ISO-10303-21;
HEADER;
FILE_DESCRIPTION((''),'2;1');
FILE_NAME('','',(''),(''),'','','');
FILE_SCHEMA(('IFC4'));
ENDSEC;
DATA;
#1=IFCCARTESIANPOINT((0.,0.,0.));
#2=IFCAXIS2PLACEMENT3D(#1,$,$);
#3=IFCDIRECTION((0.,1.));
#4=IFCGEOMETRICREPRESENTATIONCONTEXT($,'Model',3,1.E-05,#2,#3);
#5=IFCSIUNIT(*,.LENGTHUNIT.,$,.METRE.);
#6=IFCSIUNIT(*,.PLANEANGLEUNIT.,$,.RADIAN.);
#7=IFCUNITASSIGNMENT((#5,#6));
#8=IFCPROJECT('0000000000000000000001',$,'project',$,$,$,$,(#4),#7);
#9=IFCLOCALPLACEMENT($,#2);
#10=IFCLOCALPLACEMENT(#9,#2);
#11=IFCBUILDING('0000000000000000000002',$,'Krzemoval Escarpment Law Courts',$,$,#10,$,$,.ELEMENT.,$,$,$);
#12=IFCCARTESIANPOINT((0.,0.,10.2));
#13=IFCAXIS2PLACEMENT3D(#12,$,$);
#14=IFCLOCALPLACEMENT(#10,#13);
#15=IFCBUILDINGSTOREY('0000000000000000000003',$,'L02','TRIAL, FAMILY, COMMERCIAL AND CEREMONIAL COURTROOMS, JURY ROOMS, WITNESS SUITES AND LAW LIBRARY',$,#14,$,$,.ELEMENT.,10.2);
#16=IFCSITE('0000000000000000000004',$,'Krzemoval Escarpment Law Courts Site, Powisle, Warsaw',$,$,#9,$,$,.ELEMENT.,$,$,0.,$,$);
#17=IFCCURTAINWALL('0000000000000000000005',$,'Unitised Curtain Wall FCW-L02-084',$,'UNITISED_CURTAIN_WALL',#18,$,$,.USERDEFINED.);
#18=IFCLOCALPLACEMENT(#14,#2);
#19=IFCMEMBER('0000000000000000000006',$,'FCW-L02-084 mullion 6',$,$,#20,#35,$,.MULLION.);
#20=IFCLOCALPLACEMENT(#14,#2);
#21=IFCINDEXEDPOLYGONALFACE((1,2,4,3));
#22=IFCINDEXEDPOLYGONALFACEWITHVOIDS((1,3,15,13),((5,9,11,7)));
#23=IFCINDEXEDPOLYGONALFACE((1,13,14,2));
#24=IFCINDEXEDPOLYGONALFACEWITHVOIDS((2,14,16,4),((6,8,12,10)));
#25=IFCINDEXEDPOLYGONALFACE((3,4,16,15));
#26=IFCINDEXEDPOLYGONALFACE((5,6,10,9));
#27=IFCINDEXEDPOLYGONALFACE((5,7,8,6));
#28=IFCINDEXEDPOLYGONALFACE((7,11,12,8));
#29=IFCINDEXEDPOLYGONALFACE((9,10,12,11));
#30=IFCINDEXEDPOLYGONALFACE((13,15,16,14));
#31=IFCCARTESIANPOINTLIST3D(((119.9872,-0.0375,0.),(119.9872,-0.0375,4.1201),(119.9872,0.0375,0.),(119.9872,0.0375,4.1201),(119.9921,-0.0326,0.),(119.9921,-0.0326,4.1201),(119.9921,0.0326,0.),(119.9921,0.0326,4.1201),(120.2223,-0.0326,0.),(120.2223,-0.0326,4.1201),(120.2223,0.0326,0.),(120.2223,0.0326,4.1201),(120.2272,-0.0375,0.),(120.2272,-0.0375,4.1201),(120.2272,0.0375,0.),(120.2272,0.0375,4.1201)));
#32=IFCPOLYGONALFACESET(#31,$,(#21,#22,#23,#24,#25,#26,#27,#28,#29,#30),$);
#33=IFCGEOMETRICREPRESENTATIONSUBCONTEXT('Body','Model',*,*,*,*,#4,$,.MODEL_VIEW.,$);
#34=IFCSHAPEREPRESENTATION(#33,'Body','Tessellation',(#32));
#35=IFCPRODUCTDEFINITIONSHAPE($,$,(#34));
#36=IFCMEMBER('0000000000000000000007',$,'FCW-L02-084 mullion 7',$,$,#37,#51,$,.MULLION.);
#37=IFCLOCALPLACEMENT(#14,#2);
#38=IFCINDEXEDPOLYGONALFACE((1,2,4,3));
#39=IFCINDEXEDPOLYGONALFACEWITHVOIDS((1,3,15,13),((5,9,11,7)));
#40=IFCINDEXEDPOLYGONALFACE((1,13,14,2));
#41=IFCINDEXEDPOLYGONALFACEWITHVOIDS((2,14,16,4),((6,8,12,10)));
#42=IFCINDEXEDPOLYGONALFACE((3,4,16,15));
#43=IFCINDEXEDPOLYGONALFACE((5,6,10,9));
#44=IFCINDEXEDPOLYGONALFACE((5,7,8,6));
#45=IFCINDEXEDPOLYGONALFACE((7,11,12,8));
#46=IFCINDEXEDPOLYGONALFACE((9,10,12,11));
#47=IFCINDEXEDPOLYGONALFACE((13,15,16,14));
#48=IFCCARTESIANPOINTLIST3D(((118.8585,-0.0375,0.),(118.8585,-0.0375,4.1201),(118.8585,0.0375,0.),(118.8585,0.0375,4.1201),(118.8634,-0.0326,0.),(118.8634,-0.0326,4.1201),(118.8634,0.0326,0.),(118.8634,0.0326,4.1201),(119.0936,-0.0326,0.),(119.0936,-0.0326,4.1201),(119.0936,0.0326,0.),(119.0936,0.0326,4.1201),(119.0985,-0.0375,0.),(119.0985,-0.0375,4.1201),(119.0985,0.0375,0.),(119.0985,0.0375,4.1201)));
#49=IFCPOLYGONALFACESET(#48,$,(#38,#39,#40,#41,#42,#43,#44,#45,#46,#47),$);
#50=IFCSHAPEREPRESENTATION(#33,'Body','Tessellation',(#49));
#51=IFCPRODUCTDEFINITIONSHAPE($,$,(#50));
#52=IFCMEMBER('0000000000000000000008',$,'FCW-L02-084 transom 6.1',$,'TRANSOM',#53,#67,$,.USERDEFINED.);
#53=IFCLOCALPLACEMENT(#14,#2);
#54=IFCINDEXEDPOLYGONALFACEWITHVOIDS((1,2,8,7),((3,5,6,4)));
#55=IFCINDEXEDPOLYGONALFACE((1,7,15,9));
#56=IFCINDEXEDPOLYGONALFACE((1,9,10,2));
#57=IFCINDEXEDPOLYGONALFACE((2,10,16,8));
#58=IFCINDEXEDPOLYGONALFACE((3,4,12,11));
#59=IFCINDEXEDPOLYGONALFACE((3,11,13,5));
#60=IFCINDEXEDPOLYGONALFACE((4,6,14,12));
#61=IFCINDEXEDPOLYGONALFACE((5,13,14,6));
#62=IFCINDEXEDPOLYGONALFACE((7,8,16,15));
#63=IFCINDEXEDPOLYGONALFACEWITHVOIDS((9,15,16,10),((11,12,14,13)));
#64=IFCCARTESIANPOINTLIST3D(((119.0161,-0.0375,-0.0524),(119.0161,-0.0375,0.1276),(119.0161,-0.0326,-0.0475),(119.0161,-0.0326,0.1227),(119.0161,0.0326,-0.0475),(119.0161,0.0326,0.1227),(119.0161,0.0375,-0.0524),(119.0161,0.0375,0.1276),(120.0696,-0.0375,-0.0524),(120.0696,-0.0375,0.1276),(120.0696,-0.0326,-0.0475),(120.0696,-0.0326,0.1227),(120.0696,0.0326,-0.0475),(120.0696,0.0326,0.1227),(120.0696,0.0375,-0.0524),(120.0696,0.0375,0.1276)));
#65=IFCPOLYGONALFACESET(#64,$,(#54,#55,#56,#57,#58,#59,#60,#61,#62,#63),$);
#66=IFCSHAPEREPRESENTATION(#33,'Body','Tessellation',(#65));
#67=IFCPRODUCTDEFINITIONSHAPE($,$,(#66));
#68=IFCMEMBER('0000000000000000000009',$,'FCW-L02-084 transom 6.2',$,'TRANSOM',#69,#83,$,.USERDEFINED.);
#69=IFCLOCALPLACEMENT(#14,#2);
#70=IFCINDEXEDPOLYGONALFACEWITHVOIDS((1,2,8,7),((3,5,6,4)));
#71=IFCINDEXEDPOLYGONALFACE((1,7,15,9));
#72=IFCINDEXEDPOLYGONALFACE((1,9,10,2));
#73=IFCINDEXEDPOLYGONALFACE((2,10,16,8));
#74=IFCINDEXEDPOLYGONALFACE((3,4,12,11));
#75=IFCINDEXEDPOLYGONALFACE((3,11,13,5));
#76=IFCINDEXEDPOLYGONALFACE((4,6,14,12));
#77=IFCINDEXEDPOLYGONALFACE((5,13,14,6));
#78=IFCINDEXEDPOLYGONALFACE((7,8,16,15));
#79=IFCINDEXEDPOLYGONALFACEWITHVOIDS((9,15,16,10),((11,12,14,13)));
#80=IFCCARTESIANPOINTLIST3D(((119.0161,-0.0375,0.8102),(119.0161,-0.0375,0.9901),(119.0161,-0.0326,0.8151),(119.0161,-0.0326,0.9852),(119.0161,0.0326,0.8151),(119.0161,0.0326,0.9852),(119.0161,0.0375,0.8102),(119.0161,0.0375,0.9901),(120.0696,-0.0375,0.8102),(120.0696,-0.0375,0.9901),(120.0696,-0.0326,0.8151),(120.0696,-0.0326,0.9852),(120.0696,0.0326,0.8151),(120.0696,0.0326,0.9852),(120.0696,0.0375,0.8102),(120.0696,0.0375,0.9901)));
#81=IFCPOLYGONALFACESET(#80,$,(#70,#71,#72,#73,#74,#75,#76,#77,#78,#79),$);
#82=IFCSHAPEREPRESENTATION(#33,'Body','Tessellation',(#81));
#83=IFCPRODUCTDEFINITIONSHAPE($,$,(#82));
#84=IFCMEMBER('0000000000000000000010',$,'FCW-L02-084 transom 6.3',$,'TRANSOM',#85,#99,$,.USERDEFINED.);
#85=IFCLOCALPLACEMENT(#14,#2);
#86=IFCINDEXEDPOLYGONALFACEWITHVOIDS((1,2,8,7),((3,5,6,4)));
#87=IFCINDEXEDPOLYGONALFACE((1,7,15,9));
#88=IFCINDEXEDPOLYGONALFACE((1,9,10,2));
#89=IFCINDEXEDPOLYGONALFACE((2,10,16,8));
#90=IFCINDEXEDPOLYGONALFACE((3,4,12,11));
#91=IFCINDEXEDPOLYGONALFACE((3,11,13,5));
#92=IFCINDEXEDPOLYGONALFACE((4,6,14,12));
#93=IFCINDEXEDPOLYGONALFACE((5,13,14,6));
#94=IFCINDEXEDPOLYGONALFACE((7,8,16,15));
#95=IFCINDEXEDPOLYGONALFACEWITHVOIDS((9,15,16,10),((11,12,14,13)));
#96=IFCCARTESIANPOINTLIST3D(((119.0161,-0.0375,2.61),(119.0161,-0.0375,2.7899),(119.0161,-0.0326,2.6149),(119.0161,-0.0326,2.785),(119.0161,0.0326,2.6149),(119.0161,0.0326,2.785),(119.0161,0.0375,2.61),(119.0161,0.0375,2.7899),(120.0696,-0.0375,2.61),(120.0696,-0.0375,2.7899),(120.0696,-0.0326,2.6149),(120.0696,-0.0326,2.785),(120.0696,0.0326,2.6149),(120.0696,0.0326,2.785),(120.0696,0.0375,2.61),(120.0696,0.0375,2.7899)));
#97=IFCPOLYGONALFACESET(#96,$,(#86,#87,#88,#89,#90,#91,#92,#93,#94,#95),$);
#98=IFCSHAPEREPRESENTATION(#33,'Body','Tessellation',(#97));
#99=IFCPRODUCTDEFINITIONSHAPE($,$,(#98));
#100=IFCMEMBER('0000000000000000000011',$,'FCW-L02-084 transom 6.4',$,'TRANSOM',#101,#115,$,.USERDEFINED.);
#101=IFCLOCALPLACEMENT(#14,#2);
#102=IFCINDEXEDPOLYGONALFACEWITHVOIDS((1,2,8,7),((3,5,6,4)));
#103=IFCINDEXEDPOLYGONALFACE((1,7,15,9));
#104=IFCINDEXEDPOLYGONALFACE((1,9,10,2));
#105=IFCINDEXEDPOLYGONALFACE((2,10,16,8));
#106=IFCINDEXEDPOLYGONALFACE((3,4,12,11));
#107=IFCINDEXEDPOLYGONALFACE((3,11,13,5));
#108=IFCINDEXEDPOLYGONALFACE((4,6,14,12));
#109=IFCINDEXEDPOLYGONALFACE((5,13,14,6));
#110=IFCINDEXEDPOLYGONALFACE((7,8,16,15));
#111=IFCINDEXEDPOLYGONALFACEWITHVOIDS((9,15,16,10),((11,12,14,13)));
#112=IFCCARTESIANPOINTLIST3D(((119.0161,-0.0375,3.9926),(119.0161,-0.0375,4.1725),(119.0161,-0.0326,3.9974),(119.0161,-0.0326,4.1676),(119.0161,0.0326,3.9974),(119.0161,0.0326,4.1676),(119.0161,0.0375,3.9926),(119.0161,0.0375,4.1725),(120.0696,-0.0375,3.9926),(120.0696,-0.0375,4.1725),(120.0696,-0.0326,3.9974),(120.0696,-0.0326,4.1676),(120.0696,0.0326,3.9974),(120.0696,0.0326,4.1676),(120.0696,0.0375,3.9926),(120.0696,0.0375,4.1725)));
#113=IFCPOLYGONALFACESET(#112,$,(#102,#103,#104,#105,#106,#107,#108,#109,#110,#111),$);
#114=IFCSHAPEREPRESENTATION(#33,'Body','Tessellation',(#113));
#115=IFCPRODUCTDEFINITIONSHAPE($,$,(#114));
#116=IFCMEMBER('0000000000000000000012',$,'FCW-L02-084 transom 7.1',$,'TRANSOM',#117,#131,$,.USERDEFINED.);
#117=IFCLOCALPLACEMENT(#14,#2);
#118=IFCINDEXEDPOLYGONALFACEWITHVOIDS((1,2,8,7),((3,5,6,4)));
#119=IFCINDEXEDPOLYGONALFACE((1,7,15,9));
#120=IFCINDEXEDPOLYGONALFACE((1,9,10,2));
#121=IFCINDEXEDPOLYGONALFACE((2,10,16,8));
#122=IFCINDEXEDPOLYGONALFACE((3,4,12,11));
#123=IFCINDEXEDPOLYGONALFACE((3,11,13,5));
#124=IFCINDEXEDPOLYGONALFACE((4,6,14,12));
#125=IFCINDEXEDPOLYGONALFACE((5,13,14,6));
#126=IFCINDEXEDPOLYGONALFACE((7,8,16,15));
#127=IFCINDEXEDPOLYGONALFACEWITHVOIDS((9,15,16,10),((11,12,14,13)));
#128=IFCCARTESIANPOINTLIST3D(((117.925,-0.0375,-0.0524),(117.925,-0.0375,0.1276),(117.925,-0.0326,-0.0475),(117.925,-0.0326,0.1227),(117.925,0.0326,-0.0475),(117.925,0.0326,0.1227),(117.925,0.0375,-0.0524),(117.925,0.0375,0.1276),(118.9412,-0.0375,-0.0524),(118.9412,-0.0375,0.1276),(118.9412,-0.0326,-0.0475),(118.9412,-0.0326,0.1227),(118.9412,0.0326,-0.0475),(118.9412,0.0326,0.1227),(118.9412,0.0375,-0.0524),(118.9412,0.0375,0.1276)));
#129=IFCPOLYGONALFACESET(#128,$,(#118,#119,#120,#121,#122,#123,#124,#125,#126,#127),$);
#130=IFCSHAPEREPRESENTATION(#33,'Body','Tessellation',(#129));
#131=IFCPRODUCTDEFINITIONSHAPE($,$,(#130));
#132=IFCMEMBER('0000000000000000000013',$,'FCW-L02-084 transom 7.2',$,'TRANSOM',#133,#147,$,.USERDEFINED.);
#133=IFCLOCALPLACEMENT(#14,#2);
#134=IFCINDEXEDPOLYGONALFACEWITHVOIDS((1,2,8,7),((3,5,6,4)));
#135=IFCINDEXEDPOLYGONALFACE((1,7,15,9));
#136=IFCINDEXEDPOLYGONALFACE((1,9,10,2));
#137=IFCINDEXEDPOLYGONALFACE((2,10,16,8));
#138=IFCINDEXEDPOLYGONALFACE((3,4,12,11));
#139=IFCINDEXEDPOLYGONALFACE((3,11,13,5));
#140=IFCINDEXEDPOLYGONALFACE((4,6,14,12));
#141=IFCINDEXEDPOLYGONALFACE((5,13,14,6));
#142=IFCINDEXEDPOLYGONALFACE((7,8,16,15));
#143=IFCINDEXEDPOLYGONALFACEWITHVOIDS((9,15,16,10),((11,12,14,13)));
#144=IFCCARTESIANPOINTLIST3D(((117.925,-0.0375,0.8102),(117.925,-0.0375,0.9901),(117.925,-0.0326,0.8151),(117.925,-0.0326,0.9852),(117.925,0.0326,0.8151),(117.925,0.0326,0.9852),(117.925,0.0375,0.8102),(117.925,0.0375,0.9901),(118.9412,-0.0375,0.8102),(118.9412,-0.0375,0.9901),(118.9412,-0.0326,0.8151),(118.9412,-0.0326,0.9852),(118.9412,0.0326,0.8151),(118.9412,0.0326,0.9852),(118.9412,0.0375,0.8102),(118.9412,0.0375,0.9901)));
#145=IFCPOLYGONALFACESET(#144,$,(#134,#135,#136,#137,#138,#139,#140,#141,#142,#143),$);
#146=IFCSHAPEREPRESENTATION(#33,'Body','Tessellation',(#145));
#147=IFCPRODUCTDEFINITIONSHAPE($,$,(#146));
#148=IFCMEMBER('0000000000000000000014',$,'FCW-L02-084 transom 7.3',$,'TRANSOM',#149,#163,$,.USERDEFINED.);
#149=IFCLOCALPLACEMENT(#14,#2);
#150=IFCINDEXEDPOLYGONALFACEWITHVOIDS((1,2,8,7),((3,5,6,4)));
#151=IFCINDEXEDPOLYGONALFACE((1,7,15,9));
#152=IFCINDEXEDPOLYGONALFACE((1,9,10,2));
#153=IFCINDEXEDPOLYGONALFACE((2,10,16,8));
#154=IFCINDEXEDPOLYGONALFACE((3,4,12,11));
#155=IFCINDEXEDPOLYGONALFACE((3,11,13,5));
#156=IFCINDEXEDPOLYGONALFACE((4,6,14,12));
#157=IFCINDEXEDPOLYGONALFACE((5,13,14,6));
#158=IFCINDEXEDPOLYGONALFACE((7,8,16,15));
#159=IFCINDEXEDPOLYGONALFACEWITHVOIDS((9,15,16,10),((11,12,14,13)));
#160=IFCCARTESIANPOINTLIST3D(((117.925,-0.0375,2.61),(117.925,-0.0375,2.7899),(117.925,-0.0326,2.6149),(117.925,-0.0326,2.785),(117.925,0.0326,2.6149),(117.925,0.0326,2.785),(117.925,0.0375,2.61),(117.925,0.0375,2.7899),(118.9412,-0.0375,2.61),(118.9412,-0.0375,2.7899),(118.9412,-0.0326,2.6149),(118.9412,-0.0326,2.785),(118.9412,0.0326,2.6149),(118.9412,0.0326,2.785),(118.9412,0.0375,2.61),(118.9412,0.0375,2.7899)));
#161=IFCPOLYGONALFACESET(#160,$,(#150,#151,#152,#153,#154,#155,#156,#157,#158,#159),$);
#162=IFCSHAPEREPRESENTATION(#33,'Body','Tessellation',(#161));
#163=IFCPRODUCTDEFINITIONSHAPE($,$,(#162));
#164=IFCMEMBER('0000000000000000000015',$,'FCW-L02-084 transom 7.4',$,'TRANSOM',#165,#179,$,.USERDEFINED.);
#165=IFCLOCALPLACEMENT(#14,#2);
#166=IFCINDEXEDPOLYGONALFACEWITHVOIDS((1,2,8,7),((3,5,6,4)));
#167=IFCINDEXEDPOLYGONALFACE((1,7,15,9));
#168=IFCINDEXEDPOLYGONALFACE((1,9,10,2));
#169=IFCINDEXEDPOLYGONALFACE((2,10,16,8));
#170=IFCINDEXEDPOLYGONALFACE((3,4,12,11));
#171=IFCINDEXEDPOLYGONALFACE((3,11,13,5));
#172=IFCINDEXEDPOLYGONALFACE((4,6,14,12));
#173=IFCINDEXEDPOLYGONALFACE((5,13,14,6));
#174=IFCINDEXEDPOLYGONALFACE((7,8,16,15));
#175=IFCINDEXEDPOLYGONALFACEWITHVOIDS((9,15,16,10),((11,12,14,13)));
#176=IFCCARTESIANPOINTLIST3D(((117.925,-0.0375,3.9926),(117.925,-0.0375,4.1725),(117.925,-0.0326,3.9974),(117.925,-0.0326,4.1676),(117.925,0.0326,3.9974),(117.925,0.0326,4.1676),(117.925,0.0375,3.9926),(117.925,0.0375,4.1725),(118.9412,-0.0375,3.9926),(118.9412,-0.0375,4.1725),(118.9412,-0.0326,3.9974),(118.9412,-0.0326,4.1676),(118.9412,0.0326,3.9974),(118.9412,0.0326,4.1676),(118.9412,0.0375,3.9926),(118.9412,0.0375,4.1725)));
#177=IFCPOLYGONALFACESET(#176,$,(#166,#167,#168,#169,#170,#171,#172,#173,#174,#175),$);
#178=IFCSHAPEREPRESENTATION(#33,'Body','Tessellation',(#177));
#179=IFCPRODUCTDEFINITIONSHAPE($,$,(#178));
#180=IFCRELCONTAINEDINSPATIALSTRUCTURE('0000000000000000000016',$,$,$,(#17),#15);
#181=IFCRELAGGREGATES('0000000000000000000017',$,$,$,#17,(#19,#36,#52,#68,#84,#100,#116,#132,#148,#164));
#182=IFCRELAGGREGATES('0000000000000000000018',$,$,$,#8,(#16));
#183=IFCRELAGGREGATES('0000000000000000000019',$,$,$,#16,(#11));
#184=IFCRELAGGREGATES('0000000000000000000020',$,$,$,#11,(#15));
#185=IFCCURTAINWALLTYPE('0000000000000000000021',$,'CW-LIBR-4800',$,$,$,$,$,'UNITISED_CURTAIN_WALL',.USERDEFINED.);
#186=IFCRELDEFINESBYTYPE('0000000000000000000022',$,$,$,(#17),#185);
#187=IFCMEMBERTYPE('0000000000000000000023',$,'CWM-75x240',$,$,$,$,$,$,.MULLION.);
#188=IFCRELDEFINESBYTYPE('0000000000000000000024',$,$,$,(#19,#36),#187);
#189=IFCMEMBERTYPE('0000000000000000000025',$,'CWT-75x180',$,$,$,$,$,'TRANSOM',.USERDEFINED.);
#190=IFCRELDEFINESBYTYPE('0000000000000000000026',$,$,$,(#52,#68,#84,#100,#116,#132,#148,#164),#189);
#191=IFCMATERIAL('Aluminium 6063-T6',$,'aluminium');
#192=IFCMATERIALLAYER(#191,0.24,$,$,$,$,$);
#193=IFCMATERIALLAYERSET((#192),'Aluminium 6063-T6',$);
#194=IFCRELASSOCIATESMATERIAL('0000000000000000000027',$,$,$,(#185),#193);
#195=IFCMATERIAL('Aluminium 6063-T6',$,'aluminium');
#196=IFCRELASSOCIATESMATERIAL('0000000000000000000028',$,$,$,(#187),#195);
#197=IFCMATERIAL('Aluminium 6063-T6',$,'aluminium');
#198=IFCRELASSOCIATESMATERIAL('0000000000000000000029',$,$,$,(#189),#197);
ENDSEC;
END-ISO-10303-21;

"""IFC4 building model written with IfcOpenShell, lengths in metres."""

from ifc_helpers import new_model, si_unit, direction, frame, origin, origin_2d, place, context, subcontext, project, spatial, hollow_rectangle, extrude, material, layer, layer_set, material_profile, profile_set, type_object, element, aggregate, save


model = new_model("IFC4")

# Units and contexts
model_context = context("Model", 3, precision=1e-05, world=origin(), true_north=direction((0.0, 1.0)))
body_context = subcontext(model_context, "Body", "Model", "MODEL_VIEW")
ifc_project = project(units=[si_unit("LENGTHUNIT", "METRE"), si_unit("PLANEANGLEUNIT", "RADIAN")], contexts=[model_context])

# Site, building, storey
site_placement = place(None, origin())
site = spatial("IfcSite", under=ifc_project, at=site_placement, Name="Krzemoval Escarpment Law Courts Site, Powisle, Warsaw", CompositionType="ELEMENT", RefElevation=0.0)
building_placement = place(site_placement, origin())
building = spatial("IfcBuilding", under=site, at=building_placement, Name="Krzemoval Escarpment Law Courts", CompositionType="ELEMENT")
storey_placement = place(building_placement, frame((0.0, 0.0, 10.2)))
storey = spatial("IfcBuildingStorey", under=building, at=storey_placement, Name="L02", Description="TRIAL, FAMILY, COMMERCIAL AND CEREMONIAL COURTROOMS, JURY ROOMS, WITNESS SUITES AND LAW LIBRARY", CompositionType="ELEMENT", Elevation=10.2)

# Curtain wall, members
ifc_material_1 = material(Name="Aluminium 6063-T6", Category="aluminium")
ifc_layer_1 = layer(ifc_material_1, 0.24)
ifc_layer_set_1 = layer_set([ifc_layer_1], Name="Aluminium 6063-T6")
curtain_wall_type = type_object("IfcCurtainWallType", Name="CW-LIBR-4800", ElementType="UNITISED_CURTAIN_WALL", PredefinedType="USERDEFINED", material=ifc_layer_set_1)
curtain_wall_placement = place(storey_placement, origin())
curtain_wall = element("IfcCurtainWall", 1, at=curtain_wall_placement, inside=storey, type_object=curtain_wall_type, Name="Unitised Curtain Wall FCW-L02-084", ObjectType="UNITISED_CURTAIN_WALL", PredefinedType="USERDEFINED")
ifc_material_2 = material(Name="Aluminium 6063-T6", Category="aluminium")
ifc_material_profile_1 = material_profile(ifc_material_2, hollow_rectangle(XDim=0.075, YDim=0.24, WallThickness=0.0049, at=origin_2d()), Name="ALU M75x240")
ifc_profile_set_1 = profile_set([ifc_material_profile_1], Name="Aluminium 6063-T6")
member_type_1 = type_object("IfcMemberType", Name="CWM-75x240", PredefinedType="MULLION", material=ifc_profile_set_1)
member_1_placement = place(storey_placement, frame((120.1072, 0.0, 0.0), z_axis=(0.0, 0.0, 1.0), x_axis=(0.0, -1.0, 0.0)))
member_1 = element("IfcMember", 2, at=member_1_placement, type_object=member_type_1, Name="FCW-L02-084 mullion 6", PredefinedType="MULLION", context=body_context, shape_type="SweptSolid", body=[
    extrude(hollow_rectangle(XDim=0.075, YDim=0.24, WallThickness=0.0049, at=origin_2d()), origin(), (0.0, 0.0, 1.0), 4.1201),
])
member_2_placement = place(storey_placement, frame((118.9785, 0.0, 0.0), z_axis=(0.0, 0.0, 1.0), x_axis=(0.0, -1.0, 0.0)))
member_2 = element("IfcMember", 3, at=member_2_placement, type_object=member_type_1, Name="FCW-L02-084 mullion 7", PredefinedType="MULLION", context=body_context, shape_type="SweptSolid", body=[
    extrude(hollow_rectangle(XDim=0.075, YDim=0.24, WallThickness=0.0049, at=origin_2d()), origin(), (0.0, 0.0, 1.0), 4.1201),
])
ifc_material_3 = material(Name="Aluminium 6063-T6", Category="aluminium")
ifc_material_profile_2 = material_profile(ifc_material_3, hollow_rectangle(XDim=0.075, YDim=0.1799, WallThickness=0.0049, at=origin_2d()), Name="ALU T75x180")
ifc_profile_set_2 = profile_set([ifc_material_profile_2], Name="Aluminium 6063-T6")
member_type_2 = type_object("IfcMemberType", Name="CWT-75x180", ElementType="TRANSOM", PredefinedType="USERDEFINED", material=ifc_profile_set_2)
member_3_placement = place(storey_placement, frame((120.0696, 0.0, 0.0376), z_axis=(-1.0, 0.0, 0.0), x_axis=(0.0, -1.0, 0.0)))
member_3 = element("IfcMember", 4, at=member_3_placement, type_object=member_type_2, Name="FCW-L02-084 transom 6.1", ObjectType="TRANSOM", PredefinedType="USERDEFINED", context=body_context, shape_type="SweptSolid", body=[
    extrude(hollow_rectangle(XDim=0.075, YDim=0.1799, WallThickness=0.0049, at=origin_2d()), origin(), (0.0, 0.0, 1.0), 1.0535),
])
member_4_placement = place(storey_placement, frame((120.0696, 0.0, 0.9001), z_axis=(-1.0, 0.0, 0.0), x_axis=(0.0, -1.0, 0.0)))
member_4 = element("IfcMember", 5, at=member_4_placement, type_object=member_type_2, Name="FCW-L02-084 transom 6.2", ObjectType="TRANSOM", PredefinedType="USERDEFINED", context=body_context, shape_type="SweptSolid", body=[
    extrude(hollow_rectangle(XDim=0.075, YDim=0.1799, WallThickness=0.0049, at=origin_2d()), origin(), (0.0, 0.0, 1.0), 1.0535),
])
member_5_placement = place(storey_placement, frame((120.0696, 0.0, 2.7), z_axis=(-1.0, 0.0, 0.0), x_axis=(0.0, -1.0, 0.0)))
member_5 = element("IfcMember", 6, at=member_5_placement, type_object=member_type_2, Name="FCW-L02-084 transom 6.3", ObjectType="TRANSOM", PredefinedType="USERDEFINED", context=body_context, shape_type="SweptSolid", body=[
    extrude(hollow_rectangle(XDim=0.075, YDim=0.1799, WallThickness=0.0049, at=origin_2d()), origin(), (0.0, 0.0, 1.0), 1.0535),
])
member_6_placement = place(storey_placement, frame((120.0696, 0.0, 4.0825), z_axis=(-1.0, 0.0, 0.0), x_axis=(0.0, -1.0, 0.0)))
member_6 = element("IfcMember", 7, at=member_6_placement, type_object=member_type_2, Name="FCW-L02-084 transom 6.4", ObjectType="TRANSOM", PredefinedType="USERDEFINED", context=body_context, shape_type="SweptSolid", body=[
    extrude(hollow_rectangle(XDim=0.075, YDim=0.1799, WallThickness=0.0049, at=origin_2d()), origin(), (0.0, 0.0, 1.0), 1.0535),
])
member_7_placement = place(storey_placement, frame((118.9412, 0.0, 0.0376), z_axis=(-1.0, 0.0, 0.0), x_axis=(0.0, -1.0, 0.0)))
member_7 = element("IfcMember", 8, at=member_7_placement, type_object=member_type_2, Name="FCW-L02-084 transom 7.1", ObjectType="TRANSOM", PredefinedType="USERDEFINED", context=body_context, shape_type="SweptSolid", body=[
    extrude(hollow_rectangle(XDim=0.075, YDim=0.1799, WallThickness=0.0049, at=origin_2d()), origin(), (0.0, 0.0, 1.0), 1.0161),
])
member_8_placement = place(storey_placement, frame((118.9412, 0.0, 0.9001), z_axis=(-1.0, 0.0, 0.0), x_axis=(0.0, -1.0, 0.0)))
member_8 = element("IfcMember", 9, at=member_8_placement, type_object=member_type_2, Name="FCW-L02-084 transom 7.2", ObjectType="TRANSOM", PredefinedType="USERDEFINED", context=body_context, shape_type="SweptSolid", body=[
    extrude(hollow_rectangle(XDim=0.075, YDim=0.1799, WallThickness=0.0049, at=origin_2d()), origin(), (0.0, 0.0, 1.0), 1.0161),
])
member_9_placement = place(storey_placement, frame((118.9412, 0.0, 2.7), z_axis=(-1.0, 0.0, 0.0), x_axis=(0.0, -1.0, 0.0)))
member_9 = element("IfcMember", 10, at=member_9_placement, type_object=member_type_2, Name="FCW-L02-084 transom 7.3", ObjectType="TRANSOM", PredefinedType="USERDEFINED", context=body_context, shape_type="SweptSolid", body=[
    extrude(hollow_rectangle(XDim=0.075, YDim=0.1799, WallThickness=0.0049, at=origin_2d()), origin(), (0.0, 0.0, 1.0), 1.0161),
])
member_10_placement = place(storey_placement, frame((118.9412, 0.0, 4.0825), z_axis=(-1.0, 0.0, 0.0), x_axis=(0.0, -1.0, 0.0)))
member_10 = element("IfcMember", 11, at=member_10_placement, type_object=member_type_2, Name="FCW-L02-084 transom 7.4", ObjectType="TRANSOM", PredefinedType="USERDEFINED", context=body_context, shape_type="SweptSolid", body=[
    extrude(hollow_rectangle(XDim=0.075, YDim=0.1799, WallThickness=0.0049, at=origin_2d()), origin(), (0.0, 0.0, 1.0), 1.0161),
])

aggregate(curtain_wall, [member_1, member_2, member_3, member_4, member_5, member_6, member_7, member_8, member_9, member_10])

save(model, "model.ifc")
